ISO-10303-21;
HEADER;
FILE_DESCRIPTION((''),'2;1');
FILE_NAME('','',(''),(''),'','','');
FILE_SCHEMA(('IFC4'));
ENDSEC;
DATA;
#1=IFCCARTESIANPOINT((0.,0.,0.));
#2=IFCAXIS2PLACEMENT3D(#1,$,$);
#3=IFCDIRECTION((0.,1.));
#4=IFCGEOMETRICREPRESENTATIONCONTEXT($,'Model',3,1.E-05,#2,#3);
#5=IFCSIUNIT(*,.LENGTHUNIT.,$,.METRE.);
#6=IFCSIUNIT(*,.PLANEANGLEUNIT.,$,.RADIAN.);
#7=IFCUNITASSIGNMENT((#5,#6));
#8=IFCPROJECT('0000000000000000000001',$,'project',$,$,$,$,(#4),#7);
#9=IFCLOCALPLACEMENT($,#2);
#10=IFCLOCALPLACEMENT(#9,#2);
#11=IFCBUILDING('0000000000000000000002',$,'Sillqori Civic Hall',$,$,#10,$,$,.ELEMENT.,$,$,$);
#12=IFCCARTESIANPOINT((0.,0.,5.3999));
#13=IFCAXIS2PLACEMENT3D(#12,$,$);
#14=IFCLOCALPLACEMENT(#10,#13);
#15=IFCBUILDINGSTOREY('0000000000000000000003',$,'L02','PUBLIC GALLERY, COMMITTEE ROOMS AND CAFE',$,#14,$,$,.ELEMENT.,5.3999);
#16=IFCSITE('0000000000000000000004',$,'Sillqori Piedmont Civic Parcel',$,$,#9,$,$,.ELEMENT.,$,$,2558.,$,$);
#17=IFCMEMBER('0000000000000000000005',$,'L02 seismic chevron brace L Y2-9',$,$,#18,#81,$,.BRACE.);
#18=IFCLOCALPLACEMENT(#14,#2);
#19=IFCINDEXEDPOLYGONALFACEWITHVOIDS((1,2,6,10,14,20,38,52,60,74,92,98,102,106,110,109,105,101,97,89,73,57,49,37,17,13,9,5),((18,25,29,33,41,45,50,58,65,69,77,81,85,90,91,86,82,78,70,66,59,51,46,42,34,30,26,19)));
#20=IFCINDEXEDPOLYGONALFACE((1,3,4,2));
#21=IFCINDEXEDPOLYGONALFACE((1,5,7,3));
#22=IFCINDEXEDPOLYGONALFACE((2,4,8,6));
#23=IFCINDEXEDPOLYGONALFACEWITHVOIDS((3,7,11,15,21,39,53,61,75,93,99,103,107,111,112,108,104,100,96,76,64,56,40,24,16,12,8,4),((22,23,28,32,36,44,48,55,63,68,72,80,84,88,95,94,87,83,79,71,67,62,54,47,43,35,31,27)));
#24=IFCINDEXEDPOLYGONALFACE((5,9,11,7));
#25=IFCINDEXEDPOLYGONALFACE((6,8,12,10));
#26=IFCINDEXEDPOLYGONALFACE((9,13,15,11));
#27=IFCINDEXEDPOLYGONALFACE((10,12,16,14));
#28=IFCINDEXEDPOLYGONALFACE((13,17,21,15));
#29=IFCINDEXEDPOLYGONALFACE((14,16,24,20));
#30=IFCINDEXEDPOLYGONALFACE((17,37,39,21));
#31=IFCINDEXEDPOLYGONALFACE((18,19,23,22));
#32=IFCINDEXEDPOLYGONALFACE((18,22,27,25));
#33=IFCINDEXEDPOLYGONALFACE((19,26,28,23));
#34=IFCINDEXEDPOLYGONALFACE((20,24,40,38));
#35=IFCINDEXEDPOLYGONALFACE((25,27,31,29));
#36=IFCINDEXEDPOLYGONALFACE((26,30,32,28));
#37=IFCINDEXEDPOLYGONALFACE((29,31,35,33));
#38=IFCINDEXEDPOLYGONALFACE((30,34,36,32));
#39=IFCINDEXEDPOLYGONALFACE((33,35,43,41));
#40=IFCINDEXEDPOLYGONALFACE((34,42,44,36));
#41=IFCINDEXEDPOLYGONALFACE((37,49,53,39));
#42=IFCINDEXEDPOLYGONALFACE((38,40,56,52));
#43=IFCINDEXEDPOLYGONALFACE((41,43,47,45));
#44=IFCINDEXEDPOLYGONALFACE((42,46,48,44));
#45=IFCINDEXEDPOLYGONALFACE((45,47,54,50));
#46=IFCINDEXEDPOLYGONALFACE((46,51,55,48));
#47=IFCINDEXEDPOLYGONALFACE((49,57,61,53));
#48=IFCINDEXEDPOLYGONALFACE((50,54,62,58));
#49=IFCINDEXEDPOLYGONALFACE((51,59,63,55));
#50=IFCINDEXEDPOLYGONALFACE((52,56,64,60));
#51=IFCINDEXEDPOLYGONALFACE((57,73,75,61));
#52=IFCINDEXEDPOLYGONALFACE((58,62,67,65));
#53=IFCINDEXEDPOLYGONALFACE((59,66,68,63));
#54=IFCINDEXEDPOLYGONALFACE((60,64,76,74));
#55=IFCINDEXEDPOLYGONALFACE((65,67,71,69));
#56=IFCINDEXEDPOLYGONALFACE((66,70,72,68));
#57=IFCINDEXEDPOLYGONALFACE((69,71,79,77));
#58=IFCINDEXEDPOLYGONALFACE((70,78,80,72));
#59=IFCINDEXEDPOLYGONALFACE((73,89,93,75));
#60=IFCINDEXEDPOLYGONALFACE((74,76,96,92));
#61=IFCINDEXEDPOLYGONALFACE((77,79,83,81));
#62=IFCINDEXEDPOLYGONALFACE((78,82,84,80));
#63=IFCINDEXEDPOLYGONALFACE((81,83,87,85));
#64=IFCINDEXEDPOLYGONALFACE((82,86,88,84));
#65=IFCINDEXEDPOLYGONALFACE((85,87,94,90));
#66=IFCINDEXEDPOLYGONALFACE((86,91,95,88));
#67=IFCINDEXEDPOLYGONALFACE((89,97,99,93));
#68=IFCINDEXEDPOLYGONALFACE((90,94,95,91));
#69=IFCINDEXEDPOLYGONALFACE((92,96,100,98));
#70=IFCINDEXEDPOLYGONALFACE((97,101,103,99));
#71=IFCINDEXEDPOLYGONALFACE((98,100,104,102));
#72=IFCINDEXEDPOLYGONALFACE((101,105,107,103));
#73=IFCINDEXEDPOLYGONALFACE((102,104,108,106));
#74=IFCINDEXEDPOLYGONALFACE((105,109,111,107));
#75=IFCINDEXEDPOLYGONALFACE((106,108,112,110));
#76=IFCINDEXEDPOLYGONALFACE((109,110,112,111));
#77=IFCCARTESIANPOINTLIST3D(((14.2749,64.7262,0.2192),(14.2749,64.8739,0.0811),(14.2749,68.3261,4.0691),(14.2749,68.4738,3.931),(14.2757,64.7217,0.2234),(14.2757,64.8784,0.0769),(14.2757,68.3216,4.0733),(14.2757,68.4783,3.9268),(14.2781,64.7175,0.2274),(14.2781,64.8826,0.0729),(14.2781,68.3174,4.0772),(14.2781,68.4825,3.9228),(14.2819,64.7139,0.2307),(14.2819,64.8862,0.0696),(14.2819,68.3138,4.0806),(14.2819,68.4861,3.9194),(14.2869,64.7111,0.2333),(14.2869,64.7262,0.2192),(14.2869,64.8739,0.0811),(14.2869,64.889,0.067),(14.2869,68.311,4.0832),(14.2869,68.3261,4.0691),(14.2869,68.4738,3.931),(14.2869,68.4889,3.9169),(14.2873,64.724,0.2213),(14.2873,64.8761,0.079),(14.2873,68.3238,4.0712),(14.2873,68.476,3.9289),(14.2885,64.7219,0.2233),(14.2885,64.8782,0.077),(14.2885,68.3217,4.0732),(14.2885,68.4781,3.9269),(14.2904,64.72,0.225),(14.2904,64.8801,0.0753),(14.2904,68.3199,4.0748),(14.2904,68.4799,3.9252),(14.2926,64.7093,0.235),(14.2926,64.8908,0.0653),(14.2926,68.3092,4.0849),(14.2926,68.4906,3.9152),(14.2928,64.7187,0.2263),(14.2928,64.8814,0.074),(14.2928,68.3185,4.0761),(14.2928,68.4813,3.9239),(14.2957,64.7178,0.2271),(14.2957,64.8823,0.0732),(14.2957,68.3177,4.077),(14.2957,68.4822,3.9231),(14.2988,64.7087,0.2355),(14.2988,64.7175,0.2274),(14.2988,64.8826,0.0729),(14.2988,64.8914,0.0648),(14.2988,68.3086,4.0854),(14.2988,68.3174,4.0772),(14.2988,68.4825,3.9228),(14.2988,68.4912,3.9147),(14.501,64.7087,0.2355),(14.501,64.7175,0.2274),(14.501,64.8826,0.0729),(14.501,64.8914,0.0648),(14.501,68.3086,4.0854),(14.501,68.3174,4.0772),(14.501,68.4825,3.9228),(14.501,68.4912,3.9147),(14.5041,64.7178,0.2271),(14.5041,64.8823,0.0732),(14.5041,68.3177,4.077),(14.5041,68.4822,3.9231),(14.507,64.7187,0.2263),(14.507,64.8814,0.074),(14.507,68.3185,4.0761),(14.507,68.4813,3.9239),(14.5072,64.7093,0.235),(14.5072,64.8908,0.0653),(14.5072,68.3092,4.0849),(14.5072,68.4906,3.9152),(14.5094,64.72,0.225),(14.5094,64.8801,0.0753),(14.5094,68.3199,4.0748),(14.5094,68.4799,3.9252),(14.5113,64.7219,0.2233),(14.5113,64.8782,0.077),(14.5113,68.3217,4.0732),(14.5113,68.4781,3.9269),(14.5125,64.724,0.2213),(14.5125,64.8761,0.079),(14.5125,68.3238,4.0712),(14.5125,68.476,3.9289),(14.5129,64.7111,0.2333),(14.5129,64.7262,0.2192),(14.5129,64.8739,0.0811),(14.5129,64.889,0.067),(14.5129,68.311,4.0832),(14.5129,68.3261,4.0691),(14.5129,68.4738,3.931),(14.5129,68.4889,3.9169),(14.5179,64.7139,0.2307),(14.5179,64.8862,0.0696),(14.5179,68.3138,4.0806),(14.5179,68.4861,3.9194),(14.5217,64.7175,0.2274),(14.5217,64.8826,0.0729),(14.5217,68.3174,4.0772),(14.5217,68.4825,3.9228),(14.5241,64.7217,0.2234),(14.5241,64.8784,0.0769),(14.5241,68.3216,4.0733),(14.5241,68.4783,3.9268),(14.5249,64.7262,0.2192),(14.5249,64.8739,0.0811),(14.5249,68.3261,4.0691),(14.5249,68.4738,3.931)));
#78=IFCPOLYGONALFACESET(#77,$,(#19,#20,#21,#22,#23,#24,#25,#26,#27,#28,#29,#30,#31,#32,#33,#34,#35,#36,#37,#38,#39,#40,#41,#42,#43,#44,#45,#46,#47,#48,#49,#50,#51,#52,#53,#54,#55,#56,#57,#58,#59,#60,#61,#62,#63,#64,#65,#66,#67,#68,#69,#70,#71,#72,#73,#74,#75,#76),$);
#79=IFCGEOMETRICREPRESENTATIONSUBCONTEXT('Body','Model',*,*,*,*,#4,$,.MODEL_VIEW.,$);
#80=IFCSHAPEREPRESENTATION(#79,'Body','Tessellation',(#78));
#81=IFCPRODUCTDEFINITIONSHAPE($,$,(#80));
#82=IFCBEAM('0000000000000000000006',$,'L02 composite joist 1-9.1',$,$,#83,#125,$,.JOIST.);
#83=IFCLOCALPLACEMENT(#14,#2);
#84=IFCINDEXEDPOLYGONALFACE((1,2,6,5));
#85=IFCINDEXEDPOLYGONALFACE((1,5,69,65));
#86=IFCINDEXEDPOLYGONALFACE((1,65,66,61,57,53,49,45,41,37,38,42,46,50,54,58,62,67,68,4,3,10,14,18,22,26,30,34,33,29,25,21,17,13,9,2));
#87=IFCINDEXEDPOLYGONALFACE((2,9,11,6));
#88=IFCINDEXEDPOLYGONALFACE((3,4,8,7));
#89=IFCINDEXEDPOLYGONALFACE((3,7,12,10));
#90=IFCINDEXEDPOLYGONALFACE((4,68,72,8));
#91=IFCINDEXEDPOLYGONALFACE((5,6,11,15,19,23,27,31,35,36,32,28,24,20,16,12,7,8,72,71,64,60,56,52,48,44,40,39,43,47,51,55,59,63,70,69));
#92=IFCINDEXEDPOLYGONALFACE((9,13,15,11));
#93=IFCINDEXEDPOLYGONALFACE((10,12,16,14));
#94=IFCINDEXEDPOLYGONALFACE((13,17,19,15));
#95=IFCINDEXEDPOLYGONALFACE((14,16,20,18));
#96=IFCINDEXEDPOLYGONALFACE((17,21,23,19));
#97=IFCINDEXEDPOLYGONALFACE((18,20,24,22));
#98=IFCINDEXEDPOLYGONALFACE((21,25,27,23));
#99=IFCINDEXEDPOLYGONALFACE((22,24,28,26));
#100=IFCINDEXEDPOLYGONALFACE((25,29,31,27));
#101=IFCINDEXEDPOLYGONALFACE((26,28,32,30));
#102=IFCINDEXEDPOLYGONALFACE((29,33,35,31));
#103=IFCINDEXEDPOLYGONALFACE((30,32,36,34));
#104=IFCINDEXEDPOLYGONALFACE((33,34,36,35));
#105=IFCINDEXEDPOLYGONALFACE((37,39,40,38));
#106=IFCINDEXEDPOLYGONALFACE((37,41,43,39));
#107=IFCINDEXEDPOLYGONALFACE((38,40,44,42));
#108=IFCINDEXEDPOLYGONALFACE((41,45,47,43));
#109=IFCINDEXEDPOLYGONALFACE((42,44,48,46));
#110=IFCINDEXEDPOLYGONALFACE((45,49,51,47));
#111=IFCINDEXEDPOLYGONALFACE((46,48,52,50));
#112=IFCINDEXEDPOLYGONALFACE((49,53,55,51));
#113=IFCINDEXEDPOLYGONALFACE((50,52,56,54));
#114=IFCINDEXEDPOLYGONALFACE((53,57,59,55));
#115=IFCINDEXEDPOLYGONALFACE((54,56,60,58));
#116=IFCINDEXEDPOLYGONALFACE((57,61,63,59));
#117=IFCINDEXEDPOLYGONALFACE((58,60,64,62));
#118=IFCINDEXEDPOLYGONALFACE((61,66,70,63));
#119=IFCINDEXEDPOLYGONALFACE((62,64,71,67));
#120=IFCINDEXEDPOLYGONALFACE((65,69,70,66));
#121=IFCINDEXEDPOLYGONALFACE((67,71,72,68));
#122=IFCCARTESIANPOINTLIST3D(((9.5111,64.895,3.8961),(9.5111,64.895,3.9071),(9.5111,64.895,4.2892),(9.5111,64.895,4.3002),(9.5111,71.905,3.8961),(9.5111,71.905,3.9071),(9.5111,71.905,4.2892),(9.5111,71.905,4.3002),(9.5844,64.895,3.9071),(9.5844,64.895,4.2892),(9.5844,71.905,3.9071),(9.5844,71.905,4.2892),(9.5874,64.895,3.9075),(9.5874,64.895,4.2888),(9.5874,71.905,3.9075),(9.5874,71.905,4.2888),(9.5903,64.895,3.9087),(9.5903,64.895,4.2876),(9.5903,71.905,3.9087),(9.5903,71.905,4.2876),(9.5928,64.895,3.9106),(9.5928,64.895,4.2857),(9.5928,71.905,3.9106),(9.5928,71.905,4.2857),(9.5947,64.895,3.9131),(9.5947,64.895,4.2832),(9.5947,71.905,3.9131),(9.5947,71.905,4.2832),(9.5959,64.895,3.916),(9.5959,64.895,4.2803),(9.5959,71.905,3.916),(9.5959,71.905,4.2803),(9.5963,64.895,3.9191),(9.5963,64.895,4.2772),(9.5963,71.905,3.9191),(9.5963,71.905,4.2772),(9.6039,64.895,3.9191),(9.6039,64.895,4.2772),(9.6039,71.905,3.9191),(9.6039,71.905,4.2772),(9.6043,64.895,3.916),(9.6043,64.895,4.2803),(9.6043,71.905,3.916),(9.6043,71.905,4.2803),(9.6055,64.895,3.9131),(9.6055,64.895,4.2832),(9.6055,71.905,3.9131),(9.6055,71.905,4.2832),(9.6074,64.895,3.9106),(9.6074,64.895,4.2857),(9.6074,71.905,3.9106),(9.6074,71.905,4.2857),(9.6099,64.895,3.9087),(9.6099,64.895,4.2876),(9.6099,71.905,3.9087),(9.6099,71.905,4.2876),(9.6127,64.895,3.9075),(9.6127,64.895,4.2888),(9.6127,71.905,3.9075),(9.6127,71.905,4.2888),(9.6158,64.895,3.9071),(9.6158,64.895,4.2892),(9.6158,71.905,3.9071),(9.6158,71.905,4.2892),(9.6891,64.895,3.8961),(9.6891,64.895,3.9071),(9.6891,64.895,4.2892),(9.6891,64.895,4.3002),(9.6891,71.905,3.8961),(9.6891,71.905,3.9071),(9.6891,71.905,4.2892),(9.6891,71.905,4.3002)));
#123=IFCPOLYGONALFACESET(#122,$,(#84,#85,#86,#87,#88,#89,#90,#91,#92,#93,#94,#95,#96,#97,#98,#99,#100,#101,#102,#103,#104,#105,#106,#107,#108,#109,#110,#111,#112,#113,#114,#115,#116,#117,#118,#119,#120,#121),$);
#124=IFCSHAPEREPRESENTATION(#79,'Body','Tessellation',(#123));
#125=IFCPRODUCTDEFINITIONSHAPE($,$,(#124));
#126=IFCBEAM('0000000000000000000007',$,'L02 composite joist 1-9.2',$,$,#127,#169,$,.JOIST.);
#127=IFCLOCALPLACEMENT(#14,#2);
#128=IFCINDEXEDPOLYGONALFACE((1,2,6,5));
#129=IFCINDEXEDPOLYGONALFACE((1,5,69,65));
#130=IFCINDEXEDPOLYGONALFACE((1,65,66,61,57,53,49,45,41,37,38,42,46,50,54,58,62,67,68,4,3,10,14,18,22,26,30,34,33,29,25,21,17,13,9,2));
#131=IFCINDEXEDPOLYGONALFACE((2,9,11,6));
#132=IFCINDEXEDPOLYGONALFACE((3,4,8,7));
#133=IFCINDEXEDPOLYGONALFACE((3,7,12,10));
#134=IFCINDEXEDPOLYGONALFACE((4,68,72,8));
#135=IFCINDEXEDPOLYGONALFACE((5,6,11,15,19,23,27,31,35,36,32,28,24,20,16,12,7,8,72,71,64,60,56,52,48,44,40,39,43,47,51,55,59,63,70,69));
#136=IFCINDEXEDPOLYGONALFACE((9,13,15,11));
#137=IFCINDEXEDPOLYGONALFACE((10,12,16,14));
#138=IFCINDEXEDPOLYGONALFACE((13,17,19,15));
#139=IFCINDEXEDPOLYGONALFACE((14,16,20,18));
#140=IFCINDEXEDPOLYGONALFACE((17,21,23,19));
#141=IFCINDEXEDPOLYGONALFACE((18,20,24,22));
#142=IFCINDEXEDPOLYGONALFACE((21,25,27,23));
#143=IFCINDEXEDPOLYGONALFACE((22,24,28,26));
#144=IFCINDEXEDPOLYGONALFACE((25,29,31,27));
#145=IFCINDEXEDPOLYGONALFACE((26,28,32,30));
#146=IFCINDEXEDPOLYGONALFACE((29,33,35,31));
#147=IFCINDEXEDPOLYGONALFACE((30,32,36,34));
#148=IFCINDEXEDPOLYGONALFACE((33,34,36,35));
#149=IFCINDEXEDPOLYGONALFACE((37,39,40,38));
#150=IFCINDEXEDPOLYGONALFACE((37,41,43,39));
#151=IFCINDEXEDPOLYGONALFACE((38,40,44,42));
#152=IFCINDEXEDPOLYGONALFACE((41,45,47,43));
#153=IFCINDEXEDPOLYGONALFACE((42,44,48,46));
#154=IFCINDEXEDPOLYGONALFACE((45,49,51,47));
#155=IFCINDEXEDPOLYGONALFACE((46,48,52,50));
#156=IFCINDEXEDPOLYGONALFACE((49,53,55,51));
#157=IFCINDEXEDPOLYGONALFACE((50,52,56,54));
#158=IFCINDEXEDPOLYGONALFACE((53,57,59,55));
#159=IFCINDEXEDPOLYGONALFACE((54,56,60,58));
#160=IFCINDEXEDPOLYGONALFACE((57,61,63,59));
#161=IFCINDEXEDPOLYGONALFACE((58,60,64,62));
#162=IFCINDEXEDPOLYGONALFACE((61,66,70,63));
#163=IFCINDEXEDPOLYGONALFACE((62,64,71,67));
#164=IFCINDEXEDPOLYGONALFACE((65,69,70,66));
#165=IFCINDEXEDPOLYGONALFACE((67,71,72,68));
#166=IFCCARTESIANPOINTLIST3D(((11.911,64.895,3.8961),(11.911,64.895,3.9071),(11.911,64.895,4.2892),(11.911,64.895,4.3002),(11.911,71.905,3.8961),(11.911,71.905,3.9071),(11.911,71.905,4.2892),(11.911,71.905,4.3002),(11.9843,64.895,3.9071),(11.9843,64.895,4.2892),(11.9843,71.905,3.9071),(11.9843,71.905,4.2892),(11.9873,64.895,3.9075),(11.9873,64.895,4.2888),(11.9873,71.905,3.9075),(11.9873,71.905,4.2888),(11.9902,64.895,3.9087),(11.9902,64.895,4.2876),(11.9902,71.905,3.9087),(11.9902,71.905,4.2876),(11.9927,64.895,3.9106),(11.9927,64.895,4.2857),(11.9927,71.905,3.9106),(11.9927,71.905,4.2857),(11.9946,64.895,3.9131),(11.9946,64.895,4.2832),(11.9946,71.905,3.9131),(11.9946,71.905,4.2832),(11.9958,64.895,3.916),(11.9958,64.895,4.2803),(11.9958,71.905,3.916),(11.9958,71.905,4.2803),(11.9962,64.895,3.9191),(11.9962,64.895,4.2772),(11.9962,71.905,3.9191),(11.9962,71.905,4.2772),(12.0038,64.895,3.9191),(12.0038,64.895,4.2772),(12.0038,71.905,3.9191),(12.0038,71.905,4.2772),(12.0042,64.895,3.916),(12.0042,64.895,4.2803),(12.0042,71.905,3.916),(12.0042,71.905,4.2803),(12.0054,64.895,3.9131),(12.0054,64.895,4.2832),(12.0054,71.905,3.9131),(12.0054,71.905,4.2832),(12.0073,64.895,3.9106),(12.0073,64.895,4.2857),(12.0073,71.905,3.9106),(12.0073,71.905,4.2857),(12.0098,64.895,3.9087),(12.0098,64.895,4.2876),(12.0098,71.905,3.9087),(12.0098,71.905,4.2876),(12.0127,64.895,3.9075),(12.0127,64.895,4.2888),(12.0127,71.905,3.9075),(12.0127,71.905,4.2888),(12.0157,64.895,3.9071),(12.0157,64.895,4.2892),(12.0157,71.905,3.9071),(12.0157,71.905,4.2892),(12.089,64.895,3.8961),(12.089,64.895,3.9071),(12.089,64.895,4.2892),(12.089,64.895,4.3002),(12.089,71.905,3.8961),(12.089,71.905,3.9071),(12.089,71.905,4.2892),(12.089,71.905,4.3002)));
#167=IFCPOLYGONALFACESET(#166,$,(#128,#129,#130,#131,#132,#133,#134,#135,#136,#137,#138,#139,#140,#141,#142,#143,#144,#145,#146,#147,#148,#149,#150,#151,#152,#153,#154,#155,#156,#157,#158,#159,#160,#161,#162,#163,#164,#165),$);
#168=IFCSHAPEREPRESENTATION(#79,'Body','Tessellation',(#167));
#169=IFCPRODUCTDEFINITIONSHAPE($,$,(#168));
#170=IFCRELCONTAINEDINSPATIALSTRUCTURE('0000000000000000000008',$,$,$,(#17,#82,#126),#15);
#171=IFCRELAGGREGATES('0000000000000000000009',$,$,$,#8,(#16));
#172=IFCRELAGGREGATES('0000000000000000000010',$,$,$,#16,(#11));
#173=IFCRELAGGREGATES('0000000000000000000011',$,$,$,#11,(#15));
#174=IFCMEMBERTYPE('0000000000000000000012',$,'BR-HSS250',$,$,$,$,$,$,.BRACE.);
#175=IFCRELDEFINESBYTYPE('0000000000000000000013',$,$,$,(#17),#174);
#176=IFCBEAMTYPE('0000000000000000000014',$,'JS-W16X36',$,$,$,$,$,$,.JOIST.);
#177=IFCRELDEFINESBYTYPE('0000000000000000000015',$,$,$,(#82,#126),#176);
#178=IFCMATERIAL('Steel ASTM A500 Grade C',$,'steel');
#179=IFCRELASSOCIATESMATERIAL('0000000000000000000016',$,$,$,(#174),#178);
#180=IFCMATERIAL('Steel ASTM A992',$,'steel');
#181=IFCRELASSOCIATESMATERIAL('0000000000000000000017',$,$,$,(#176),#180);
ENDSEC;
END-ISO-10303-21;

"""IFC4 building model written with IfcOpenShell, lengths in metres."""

from ifc_helpers import new_model, si_unit, direction, frame, origin, origin_2d, place, context, subcontext, project, spatial, hollow_rectangle, i_section, extrude, material, material_profile, profile_set, type_object, element, save


model = new_model("IFC4")

# Units and contexts
model_context = context("Model", 3, precision=1e-05, world=origin(), true_north=direction((0.0, 1.0)))
body_context = subcontext(model_context, "Body", "Model", "MODEL_VIEW")
ifc_project = project(units=[si_unit("LENGTHUNIT", "METRE"), si_unit("PLANEANGLEUNIT", "RADIAN")], contexts=[model_context])

# Site, building, storey
site_placement = place(None, origin())
site = spatial("IfcSite", under=ifc_project, at=site_placement, Name="Sillqori Piedmont Civic Parcel", CompositionType="ELEMENT", RefElevation=2558.0)
building_placement = place(site_placement, origin())
building = spatial("IfcBuilding", under=site, at=building_placement, Name="Sillqori Civic Hall", CompositionType="ELEMENT")
storey_placement = place(building_placement, frame((0.0, 0.0, 5.3999)))
storey = spatial("IfcBuildingStorey", under=building, at=storey_placement, Name="L02", Description="PUBLIC GALLERY, COMMITTEE ROOMS AND CAFE", CompositionType="ELEMENT", Elevation=5.3999)

# Shared definitions
ifc_material_1 = material(Name="Steel ASTM A992", Category="steel")

# Member
ifc_material_2 = material(Name="Steel ASTM A500 Grade C", Category="steel")
ifc_material_profile_1 = material_profile(ifc_material_2, hollow_rectangle(XDim=0.25, YDim=0.25, WallThickness=0.012, InnerFilletRadius=0.012, OuterFilletRadius=0.0239, at=origin_2d()), Name="HSS250X250X12")
ifc_profile_set_1 = profile_set([ifc_material_profile_1], Name="Steel ASTM A500 Grade C")
member_type_1 = type_object("IfcMemberType", Name="BR-HSS250", PredefinedType="BRACE", material=ifc_profile_set_1)
member_1_placement = place(storey_placement, frame((14.3999, 64.8, 0.1501), z_axis=(0.0, 0.682993, 0.730425), x_axis=(-1.0, 0.0, 0.0)))
element("IfcMember", 1, at=member_1_placement, inside=storey, type_object=member_type_1, Name="L02 seismic chevron brace L Y2-9", PredefinedType="BRACE", context=body_context, shape_type="SweptSolid", body=[
    extrude(hollow_rectangle(XDim=0.25, YDim=0.25, WallThickness=0.012, InnerFilletRadius=0.012, OuterFilletRadius=0.0239, at=origin_2d()), origin(), (0.0, 0.0, 1.0), 5.2708),
])

# Beams
ifc_material_profile_2 = material_profile(ifc_material_1, i_section(OverallWidth=0.178, OverallDepth=0.4041, WebThickness=0.0076, FlangeThickness=0.011, FilletRadius=0.012, at=origin_2d()), Name="W16X36")
ifc_profile_set_2 = profile_set([ifc_material_profile_2], Name="Steel ASTM A992")
beam_type_1 = type_object("IfcBeamType", Name="JS-W16X36", PredefinedType="JOIST", material=ifc_profile_set_2)
for number, where, z_axis, x_axis, name in (
    (2, (9.6001, 64.895, 4.0981), (0.0, 1.0, 0.0), (-1.0, 0.0, 0.0), "L02 composite joist 1-9.1"),
    (3, (12.0, 64.895, 4.0981), (0.0, 1.0, 0.0), (-1.0, 0.0, 0.0), "L02 composite joist 1-9.2"),
):
    element("IfcBeam", number, at=place(storey_placement, frame(where, z_axis=z_axis, x_axis=x_axis)), inside=storey, type_object=beam_type_1, Name=name, PredefinedType="JOIST", context=body_context, shape_type="SweptSolid", body=[
        extrude(i_section(OverallWidth=0.178, OverallDepth=0.4041, WebThickness=0.0076, FlangeThickness=0.011, FilletRadius=0.012, at=origin_2d()), origin(), (0.0, 0.0, 1.0), 7.01),
    ])

save(model, "model.ifc")
